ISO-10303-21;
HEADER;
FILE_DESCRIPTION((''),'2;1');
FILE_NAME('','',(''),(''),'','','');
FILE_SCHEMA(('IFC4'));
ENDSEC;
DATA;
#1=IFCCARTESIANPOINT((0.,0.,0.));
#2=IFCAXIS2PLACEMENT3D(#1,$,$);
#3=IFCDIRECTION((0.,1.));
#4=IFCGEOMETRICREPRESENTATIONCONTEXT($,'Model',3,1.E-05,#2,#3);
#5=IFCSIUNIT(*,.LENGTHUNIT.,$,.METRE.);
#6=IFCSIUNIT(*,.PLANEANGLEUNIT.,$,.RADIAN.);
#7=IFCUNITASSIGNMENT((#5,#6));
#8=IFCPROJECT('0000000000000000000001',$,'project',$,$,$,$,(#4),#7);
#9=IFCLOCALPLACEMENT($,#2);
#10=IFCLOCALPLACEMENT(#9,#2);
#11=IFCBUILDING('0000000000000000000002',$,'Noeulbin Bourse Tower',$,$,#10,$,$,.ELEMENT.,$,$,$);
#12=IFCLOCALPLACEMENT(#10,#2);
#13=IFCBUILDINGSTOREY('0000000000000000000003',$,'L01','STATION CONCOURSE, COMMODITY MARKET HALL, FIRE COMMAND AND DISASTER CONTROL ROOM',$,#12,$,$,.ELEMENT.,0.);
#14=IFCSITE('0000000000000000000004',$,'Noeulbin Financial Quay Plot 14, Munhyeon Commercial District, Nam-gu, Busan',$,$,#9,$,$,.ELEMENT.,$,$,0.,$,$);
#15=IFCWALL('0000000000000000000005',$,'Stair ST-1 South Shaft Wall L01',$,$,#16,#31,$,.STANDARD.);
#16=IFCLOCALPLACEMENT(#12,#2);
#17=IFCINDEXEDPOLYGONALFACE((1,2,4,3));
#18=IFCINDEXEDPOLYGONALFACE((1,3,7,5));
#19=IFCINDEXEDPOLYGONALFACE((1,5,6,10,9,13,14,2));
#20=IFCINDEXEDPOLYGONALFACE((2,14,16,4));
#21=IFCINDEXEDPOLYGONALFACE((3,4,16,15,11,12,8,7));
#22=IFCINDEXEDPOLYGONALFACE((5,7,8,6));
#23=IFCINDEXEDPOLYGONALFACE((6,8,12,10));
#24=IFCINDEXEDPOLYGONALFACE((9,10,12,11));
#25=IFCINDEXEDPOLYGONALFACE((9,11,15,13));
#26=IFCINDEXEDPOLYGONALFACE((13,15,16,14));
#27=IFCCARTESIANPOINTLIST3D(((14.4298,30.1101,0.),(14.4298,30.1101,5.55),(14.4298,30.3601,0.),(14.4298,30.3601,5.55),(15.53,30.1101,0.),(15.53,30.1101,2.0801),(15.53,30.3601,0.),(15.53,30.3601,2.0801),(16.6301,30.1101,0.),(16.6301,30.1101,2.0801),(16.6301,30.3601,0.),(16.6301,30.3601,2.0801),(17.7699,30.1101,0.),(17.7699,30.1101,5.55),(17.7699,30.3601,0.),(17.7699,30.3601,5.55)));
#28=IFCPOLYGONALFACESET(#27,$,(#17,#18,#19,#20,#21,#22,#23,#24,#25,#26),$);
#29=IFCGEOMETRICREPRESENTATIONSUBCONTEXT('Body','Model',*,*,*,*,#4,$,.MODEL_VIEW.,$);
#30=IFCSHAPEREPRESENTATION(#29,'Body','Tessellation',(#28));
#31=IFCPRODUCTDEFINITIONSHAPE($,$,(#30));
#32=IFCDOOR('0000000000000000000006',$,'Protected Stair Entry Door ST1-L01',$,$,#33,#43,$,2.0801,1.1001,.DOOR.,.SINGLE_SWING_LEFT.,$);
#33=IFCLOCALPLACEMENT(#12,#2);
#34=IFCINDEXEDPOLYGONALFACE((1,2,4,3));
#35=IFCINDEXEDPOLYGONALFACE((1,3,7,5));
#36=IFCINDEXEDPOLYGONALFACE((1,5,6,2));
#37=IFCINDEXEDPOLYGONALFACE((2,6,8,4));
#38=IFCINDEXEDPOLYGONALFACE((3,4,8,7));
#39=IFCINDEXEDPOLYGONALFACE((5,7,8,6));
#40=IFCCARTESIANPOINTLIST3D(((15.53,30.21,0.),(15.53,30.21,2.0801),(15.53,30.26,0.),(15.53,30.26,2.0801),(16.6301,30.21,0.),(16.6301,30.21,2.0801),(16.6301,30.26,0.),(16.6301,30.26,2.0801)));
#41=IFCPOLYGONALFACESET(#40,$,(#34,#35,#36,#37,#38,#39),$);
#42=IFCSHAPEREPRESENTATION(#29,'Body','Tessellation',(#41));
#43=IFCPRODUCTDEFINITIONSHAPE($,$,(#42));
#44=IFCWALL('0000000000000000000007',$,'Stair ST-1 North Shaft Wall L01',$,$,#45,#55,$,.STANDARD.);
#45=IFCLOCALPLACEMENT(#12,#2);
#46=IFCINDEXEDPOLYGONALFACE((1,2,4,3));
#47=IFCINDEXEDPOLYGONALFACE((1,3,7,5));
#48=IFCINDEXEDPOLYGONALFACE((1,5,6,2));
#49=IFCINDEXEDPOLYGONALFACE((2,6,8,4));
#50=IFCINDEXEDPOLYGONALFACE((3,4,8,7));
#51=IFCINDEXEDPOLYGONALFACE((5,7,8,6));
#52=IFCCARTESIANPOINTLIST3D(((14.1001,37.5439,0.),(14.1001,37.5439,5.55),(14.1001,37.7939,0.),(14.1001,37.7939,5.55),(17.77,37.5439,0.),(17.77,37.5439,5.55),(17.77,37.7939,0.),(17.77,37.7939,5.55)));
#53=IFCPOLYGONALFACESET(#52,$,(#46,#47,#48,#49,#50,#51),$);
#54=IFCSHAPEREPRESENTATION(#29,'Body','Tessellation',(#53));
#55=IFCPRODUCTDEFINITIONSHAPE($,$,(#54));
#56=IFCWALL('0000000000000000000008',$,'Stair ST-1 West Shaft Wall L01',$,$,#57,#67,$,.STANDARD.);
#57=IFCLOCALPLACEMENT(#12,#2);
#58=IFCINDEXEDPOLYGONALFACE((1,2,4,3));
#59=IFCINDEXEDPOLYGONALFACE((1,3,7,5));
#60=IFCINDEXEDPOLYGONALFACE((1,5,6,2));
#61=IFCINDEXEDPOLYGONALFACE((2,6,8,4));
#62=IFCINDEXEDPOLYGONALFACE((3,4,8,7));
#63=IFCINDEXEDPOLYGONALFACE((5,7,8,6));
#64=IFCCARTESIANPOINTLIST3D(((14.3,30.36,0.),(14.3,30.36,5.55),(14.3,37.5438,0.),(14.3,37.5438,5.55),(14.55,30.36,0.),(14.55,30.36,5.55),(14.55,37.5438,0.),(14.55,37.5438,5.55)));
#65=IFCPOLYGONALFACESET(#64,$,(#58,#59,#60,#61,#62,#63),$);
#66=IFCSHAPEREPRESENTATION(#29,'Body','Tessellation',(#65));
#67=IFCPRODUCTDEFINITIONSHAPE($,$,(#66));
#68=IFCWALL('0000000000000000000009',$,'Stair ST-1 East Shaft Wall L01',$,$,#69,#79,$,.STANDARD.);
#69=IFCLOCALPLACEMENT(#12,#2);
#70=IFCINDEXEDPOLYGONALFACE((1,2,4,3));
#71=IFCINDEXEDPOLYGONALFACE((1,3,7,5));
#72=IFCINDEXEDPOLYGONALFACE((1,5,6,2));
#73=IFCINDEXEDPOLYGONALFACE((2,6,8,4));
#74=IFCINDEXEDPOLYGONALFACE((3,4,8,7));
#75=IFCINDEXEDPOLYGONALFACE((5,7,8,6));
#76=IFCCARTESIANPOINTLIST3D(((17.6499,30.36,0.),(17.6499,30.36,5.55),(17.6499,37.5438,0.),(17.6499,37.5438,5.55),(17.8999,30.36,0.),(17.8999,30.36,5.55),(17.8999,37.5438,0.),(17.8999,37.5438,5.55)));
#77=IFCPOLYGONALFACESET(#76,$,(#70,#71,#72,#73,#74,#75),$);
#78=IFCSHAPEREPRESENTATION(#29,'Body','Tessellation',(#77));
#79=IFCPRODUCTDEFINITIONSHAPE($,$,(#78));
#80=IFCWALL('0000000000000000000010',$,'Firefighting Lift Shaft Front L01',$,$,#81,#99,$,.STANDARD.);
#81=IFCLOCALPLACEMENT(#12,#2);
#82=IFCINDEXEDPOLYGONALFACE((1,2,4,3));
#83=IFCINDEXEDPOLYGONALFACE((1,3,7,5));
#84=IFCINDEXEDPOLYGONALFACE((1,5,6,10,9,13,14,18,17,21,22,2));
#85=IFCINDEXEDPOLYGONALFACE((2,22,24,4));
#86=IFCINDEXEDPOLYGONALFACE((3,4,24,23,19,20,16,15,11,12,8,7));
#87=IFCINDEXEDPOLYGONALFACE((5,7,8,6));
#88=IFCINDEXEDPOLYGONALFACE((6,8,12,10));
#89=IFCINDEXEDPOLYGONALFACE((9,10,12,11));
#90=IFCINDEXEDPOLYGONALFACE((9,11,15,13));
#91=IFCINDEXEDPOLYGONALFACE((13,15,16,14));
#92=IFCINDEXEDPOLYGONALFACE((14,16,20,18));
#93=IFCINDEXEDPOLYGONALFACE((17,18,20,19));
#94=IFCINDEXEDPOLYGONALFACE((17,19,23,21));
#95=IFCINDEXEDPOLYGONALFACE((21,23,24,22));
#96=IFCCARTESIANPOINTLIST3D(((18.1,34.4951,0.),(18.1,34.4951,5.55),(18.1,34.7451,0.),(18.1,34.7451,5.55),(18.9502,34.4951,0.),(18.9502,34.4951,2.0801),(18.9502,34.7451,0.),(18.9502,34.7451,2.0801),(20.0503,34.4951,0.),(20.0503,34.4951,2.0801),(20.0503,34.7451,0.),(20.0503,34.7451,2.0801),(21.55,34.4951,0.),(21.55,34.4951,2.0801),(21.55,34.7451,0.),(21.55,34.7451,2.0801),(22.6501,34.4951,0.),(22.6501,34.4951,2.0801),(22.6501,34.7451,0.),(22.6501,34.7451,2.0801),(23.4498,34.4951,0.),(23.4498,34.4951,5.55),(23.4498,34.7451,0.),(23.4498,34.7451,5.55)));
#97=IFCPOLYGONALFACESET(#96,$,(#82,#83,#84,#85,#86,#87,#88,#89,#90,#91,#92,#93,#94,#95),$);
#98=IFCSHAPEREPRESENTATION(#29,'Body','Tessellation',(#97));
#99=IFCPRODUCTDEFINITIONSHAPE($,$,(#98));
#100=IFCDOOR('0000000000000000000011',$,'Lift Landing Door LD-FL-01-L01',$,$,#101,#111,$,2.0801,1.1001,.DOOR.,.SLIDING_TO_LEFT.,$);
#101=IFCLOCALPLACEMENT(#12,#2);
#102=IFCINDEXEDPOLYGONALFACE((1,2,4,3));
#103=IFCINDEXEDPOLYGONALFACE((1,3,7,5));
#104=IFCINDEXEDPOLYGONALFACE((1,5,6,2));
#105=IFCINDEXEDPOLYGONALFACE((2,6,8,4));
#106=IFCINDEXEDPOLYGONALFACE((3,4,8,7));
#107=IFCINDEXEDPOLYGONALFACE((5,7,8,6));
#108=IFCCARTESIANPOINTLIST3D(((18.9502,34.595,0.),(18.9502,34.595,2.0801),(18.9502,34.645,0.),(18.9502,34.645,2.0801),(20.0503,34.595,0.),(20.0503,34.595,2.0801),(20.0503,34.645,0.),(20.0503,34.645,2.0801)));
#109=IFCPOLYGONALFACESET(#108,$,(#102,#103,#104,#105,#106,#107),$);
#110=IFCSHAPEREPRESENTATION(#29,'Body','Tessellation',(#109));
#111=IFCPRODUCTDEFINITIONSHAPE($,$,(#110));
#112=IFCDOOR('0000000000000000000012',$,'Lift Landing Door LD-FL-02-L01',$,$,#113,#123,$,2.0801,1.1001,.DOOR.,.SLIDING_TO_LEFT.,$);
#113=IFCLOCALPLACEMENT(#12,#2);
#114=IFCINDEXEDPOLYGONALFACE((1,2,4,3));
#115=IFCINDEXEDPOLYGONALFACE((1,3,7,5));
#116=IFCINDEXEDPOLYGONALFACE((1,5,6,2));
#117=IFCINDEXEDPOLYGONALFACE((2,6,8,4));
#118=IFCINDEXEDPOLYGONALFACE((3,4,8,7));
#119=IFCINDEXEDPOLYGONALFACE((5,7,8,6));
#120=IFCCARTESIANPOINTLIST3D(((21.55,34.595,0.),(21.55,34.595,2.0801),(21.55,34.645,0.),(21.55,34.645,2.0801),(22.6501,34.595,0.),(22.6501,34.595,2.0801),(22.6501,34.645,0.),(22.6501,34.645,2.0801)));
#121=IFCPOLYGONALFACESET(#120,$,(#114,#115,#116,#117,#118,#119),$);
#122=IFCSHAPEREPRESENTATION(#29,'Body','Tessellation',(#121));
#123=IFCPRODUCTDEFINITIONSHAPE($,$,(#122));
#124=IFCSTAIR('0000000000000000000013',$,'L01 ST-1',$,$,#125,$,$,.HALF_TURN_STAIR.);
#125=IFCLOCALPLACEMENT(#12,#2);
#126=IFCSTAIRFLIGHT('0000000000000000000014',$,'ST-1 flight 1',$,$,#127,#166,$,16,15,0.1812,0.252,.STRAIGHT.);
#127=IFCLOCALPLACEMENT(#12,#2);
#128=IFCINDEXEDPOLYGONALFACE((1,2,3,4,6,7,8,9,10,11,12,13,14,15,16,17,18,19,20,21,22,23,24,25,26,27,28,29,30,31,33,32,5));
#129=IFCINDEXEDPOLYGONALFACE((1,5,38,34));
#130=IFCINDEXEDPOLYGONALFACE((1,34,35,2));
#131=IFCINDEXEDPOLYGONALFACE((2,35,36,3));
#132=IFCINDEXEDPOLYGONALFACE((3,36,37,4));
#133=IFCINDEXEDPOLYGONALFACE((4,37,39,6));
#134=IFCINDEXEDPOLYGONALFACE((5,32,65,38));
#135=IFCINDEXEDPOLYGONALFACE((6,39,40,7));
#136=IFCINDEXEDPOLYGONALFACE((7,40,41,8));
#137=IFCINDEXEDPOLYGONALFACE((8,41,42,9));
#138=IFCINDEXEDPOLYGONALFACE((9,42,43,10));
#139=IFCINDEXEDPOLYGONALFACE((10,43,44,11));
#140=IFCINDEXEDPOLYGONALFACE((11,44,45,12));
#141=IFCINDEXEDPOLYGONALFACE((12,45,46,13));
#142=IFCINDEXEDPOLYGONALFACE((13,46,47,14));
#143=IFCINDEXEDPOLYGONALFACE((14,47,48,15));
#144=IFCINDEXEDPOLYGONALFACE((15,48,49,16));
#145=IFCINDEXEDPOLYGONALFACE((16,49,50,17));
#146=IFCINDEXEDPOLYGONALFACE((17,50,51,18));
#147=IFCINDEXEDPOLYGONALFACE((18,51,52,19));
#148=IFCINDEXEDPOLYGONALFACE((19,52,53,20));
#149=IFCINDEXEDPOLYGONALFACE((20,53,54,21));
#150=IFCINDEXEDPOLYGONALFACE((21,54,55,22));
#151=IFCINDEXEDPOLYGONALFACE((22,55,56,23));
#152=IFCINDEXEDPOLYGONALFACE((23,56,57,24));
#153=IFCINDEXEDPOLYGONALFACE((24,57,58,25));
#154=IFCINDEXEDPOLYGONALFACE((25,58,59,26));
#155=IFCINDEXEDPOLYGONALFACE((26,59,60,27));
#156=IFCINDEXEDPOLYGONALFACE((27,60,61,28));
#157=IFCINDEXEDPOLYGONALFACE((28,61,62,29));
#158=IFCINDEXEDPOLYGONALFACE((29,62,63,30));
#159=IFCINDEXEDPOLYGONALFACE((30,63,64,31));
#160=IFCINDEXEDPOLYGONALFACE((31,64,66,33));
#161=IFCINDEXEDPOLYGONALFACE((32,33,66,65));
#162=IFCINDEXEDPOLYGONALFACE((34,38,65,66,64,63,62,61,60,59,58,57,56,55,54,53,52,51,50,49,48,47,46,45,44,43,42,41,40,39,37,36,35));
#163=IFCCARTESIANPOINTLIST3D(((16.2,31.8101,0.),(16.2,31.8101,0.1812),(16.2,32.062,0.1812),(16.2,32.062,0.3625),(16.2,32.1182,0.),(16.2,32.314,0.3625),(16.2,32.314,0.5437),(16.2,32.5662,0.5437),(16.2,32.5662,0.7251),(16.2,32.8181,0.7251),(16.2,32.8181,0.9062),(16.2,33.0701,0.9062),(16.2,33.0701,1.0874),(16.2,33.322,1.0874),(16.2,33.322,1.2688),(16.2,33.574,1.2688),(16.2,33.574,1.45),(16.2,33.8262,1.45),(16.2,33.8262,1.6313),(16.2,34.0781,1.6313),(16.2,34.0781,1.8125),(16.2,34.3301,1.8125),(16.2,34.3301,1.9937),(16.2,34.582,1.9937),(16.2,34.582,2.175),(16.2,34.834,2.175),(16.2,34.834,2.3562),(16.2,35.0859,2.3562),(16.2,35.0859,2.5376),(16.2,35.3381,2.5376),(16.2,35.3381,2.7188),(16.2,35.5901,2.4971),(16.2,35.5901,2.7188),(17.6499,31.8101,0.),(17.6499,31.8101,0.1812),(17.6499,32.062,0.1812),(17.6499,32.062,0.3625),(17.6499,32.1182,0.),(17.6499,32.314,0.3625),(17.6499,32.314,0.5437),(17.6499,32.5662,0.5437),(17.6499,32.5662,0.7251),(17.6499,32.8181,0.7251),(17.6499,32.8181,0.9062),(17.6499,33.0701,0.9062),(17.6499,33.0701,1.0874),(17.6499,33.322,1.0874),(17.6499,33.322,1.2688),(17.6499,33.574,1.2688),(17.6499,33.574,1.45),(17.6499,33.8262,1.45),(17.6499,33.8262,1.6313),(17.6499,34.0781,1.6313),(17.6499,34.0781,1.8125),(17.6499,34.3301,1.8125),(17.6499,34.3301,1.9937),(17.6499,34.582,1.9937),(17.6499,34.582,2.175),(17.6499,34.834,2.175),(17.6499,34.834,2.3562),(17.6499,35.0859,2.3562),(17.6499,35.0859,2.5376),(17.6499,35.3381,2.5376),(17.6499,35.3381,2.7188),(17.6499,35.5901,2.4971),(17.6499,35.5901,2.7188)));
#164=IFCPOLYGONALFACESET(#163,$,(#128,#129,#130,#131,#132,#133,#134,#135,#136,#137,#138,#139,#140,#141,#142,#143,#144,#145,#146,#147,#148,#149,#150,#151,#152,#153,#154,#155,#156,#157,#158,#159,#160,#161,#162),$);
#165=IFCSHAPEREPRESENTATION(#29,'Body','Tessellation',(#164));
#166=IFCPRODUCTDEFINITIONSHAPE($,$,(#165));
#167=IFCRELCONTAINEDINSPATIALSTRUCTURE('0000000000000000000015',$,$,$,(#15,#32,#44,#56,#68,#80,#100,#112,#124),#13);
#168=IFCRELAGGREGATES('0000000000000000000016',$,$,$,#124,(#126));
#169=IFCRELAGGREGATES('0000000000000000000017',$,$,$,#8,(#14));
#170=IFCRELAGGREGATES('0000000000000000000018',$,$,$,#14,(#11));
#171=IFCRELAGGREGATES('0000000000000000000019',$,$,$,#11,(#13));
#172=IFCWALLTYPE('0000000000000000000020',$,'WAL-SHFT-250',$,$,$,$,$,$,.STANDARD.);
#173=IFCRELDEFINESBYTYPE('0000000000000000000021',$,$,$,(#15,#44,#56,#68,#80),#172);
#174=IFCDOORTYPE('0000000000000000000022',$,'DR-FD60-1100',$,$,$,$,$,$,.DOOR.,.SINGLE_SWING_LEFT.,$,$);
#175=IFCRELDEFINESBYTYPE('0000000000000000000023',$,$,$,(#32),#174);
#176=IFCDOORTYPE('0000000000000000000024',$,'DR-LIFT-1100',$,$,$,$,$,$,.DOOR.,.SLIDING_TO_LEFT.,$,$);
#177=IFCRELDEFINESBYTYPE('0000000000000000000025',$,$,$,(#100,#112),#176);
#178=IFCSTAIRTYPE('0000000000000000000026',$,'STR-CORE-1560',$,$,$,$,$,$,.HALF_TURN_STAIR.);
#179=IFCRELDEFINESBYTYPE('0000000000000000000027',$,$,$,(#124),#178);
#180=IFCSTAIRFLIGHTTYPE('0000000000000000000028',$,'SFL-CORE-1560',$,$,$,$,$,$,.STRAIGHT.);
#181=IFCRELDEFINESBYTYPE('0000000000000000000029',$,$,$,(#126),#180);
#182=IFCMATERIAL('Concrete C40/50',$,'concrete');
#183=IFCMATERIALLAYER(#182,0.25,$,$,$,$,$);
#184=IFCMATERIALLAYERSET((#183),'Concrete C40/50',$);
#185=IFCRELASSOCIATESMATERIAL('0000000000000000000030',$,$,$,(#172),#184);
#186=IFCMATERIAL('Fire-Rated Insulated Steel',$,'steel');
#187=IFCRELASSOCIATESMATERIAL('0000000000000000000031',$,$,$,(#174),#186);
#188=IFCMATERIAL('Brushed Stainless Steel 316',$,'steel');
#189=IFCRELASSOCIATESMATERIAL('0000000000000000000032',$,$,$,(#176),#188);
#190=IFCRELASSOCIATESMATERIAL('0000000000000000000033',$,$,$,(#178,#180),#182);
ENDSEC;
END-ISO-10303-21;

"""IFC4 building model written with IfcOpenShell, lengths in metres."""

from ifc_helpers import new_model, si_unit, direction, frame, frame_2d, origin, place, context, subcontext, project, spatial, polyline, rectangle, outline, extrude, material, layer, layer_set, type_object, element, fill, aggregate, save


model = new_model("IFC4")

# Units and contexts
model_context = context("Model", 3, precision=1e-05, world=origin(), true_north=direction((0.0, 1.0)))
body_context = subcontext(model_context, "Body", "Model", "MODEL_VIEW")
ifc_project = project(units=[si_unit("LENGTHUNIT", "METRE"), si_unit("PLANEANGLEUNIT", "RADIAN")], contexts=[model_context])

# Site, building, storey
site_placement = place(None, origin())
site = spatial("IfcSite", under=ifc_project, at=site_placement, Name="Noeulbin Financial Quay Plot 14, Munhyeon Commercial District, Nam-gu, Busan", CompositionType="ELEMENT", RefElevation=0.0)
building_placement = place(site_placement, origin())
building = spatial("IfcBuilding", under=site, at=building_placement, Name="Noeulbin Bourse Tower", CompositionType="ELEMENT")
storey_placement = place(building_placement, origin())
storey = spatial("IfcBuildingStorey", under=building, at=storey_placement, Name="L01", Description="STATION CONCOURSE, COMMODITY MARKET HALL, FIRE COMMAND AND DISASTER CONTROL ROOM", CompositionType="ELEMENT", Elevation=0.0)

# Shared definitions
ifc_material_1 = material(Name="Concrete C40/50", Category="concrete")

# Wall, opening, door
ifc_layer_1 = layer(ifc_material_1, 0.25)
ifc_layer_set_1 = layer_set([ifc_layer_1], Name="Concrete C40/50")
wall_type_1 = type_object("IfcWallType", Name="WAL-SHFT-250", PredefinedType="STANDARD", material=ifc_layer_set_1)
wall_1_placement = place(storey_placement, frame((14.4299, 30.2351, 0.0), z_axis=(0.0, 0.0, 1.0), x_axis=(1.0, 0.0, 0.0)))
wall_1 = element("IfcWall", 1, at=wall_1_placement, inside=storey, type_object=wall_type_1, Name="Stair ST-1 South Shaft Wall L01", PredefinedType="STANDARD", context=body_context, shape_type="SweptSolid", body=[
    extrude(rectangle(XDim=3.3401, YDim=0.25, at=frame_2d((1.6699, 0.0))), origin(), (0.0, 0.0, 1.0), 5.55),
])
opening_1_placement = place(wall_1_placement, frame((1.1001, 0.0, 0.0)))
opening_1 = element("IfcOpeningElement", 2, at=opening_1_placement, cuts=wall_1, PredefinedType="OPENING", context=body_context, shape_type="SweptSolid", body=[
    extrude(rectangle(XDim=1.1001, YDim=2.0801, at=frame_2d((0.55, 1.04))), frame((0.0, 0.135, 0.0), z_axis=(0.0, -1.0, 0.0), x_axis=(1.0, 0.0, 0.0)), (0.0, 0.0, 1.0), 0.27),
])
ifc_material_2 = material(Name="Fire-Rated Insulated Steel", Category="steel")
door_type_1 = type_object("IfcDoorType", Name="DR-FD60-1100", OperationType="SINGLE_SWING_LEFT", PredefinedType="DOOR", material=ifc_material_2)
door_1_placement = place(opening_1_placement, origin())
door_1 = element("IfcDoor", 3, at=door_1_placement, inside=storey, type_object=door_type_1, Name="Protected Stair Entry Door ST1-L01", OperationType="SINGLE_SWING_LEFT", OverallHeight=2.0801, OverallWidth=1.1001, PredefinedType="DOOR", context=body_context, shape_type="SweptSolid", body=[
    extrude(rectangle(XDim=1.1001, YDim=2.0801, at=frame_2d((0.55, 1.04))), frame((0.0, 0.0249, 0.0), z_axis=(0.0, -1.0, 0.0), x_axis=(1.0, 0.0, 0.0)), (0.0, 0.0, 1.0), 0.05),
])
fill(opening_1, door_1)

# Walls
wall_2_placement = place(storey_placement, frame((14.1001, 37.6689, 0.0), z_axis=(0.0, 0.0, 1.0), x_axis=(1.0, 0.0, 0.0)))
element("IfcWall", 4, at=wall_2_placement, inside=storey, type_object=wall_type_1, Name="Stair ST-1 North Shaft Wall L01", PredefinedType="STANDARD", context=body_context, shape_type="SweptSolid", body=[
    extrude(rectangle(XDim=3.6699, YDim=0.25, at=frame_2d((1.835, 0.0))), origin(), (0.0, 0.0, 1.0), 5.55),
])
for number, where, z_axis, x_axis, name in (
    (5, (14.425, 30.3601, 0.0), (0.0, 0.0, 1.0), (0.0, 1.0, 0.0), "Stair ST-1 West Shaft Wall L01"),
    (6, (17.7749, 30.3601, 0.0), (0.0, 0.0, 1.0), (0.0, 1.0, 0.0), "Stair ST-1 East Shaft Wall L01"),
):
    element("IfcWall", number, at=place(storey_placement, frame(where, z_axis=z_axis, x_axis=x_axis)), inside=storey, type_object=wall_type_1, Name=name, PredefinedType="STANDARD", context=body_context, shape_type="SweptSolid", body=[
        extrude(rectangle(XDim=7.1838, YDim=0.25, at=frame_2d((3.5918, 0.0))), origin(), (0.0, 0.0, 1.0), 5.55),
    ])

# Wall, openings, doors
wall_3_placement = place(storey_placement, frame((18.1001, 34.6201, 0.0), z_axis=(0.0, 0.0, 1.0), x_axis=(1.0, 0.0, 0.0)))
wall_3 = element("IfcWall", 7, at=wall_3_placement, inside=storey, type_object=wall_type_1, Name="Firefighting Lift Shaft Front L01", PredefinedType="STANDARD", context=body_context, shape_type="SweptSolid", body=[
    extrude(rectangle(XDim=5.3499, YDim=0.25, at=frame_2d((2.6748, 0.0))), origin(), (0.0, 0.0, 1.0), 5.55),
])
opening_2_placement = place(wall_3_placement, frame((0.8501, 0.0, 0.0)))
opening_2 = element("IfcOpeningElement", 8, at=opening_2_placement, cuts=wall_3, PredefinedType="OPENING", context=body_context, shape_type="SweptSolid", body=[
    extrude(rectangle(XDim=1.1001, YDim=2.0801, at=frame_2d((0.55, 1.04))), frame((0.0, 0.135, 0.0), z_axis=(0.0, -1.0, 0.0), x_axis=(1.0, 0.0, 0.0)), (0.0, 0.0, 1.0), 0.27),
])
opening_3_placement = place(wall_3_placement, frame((3.45, 0.0, 0.0)))
opening_3 = element("IfcOpeningElement", 9, at=opening_3_placement, cuts=wall_3, PredefinedType="OPENING", context=body_context, shape_type="SweptSolid", body=[
    extrude(rectangle(XDim=1.1001, YDim=2.0801, at=frame_2d((0.55, 1.04))), frame((0.0, 0.135, 0.0), z_axis=(0.0, -1.0, 0.0), x_axis=(1.0, 0.0, 0.0)), (0.0, 0.0, 1.0), 0.27),
])
ifc_material_3 = material(Name="Brushed Stainless Steel 316", Category="steel")
door_type_2 = type_object("IfcDoorType", Name="DR-LIFT-1100", OperationType="SLIDING_TO_LEFT", PredefinedType="DOOR", material=ifc_material_3)
door_2_placement = place(opening_2_placement, origin())
door_2 = element("IfcDoor", 10, at=door_2_placement, inside=storey, type_object=door_type_2, Name="Lift Landing Door LD-FL-01-L01", OperationType="SLIDING_TO_LEFT", OverallHeight=2.0801, OverallWidth=1.1001, PredefinedType="DOOR", context=body_context, shape_type="SweptSolid", body=[
    extrude(rectangle(XDim=1.1001, YDim=2.0801, at=frame_2d((0.55, 1.04))), frame((0.0, 0.0249, 0.0), z_axis=(0.0, -1.0, 0.0), x_axis=(1.0, 0.0, 0.0)), (0.0, 0.0, 1.0), 0.05),
])
fill(opening_2, door_2)
door_3_placement = place(opening_3_placement, origin())
door_3 = element("IfcDoor", 11, at=door_3_placement, inside=storey, type_object=door_type_2, Name="Lift Landing Door LD-FL-02-L01", OperationType="SLIDING_TO_LEFT", OverallHeight=2.0801, OverallWidth=1.1001, PredefinedType="DOOR", context=body_context, shape_type="SweptSolid", body=[
    extrude(rectangle(XDim=1.1001, YDim=2.0801, at=frame_2d((0.55, 1.04))), frame((0.0, 0.0249, 0.0), z_axis=(0.0, -1.0, 0.0), x_axis=(1.0, 0.0, 0.0)), (0.0, 0.0, 1.0), 0.05),
])
fill(opening_3, door_3)

# Stair, stair flight
stair_type = type_object("IfcStairType", Name="STR-CORE-1560", PredefinedType="HALF_TURN_STAIR", material=ifc_material_1)
stair_placement = place(storey_placement, origin())
stair = element("IfcStair", 12, at=stair_placement, inside=storey, type_object=stair_type, Name="L01 ST-1", PredefinedType="HALF_TURN_STAIR")
stair_flight_type = type_object("IfcStairFlightType", Name="SFL-CORE-1560", PredefinedType="STRAIGHT", material=ifc_material_1)
stair_flight_1_placement = place(storey_placement, frame((16.925, 31.8101, 0.0), z_axis=(0.0, 0.0, 1.0), x_axis=(0.0, 1.0, 0.0)))
stair_flight_1 = element("IfcStairFlight", 13, at=stair_flight_1_placement, type_object=stair_flight_type, Name="ST-1 flight 1", NumberOfRisers=16, NumberOfTreads=15, PredefinedType="STRAIGHT", RiserHeight=0.1812, TreadLength=0.252, context=body_context, shape_type="SweptSolid", body=[
    extrude(outline(polyline([(0.0, 0.0), (0.0, 0.1812), (0.252, 0.1812), (0.252, 0.3625), (0.5039, 0.3625), (0.5039, 0.5437), (0.7561, 0.5437), (0.7561, 0.7251), (1.0081, 0.7251), (1.0081, 0.9062), (1.26, 0.9062), (1.26, 1.0874), (1.512, 1.0874), (1.512, 1.2688), (1.7639, 1.2688), (1.7639, 1.45), (2.0161, 1.45), (2.0161, 1.6313), (2.2681, 1.6313), (2.2681, 1.8125), (2.52, 1.8125), (2.52, 1.9937), (2.772, 1.9937), (2.772, 2.175), (3.0239, 2.175), (3.0239, 2.3562), (3.2759, 2.3562), (3.2759, 2.5376), (3.5281, 2.5376), (3.5281, 2.7188), (3.78, 2.7188), (3.78, 2.8999), (3.78, 2.4971), (0.3081, 0.0), (0.0, 0.0)])), frame((0.0, 0.7251, 0.0), z_axis=(0.0, -1.0, 0.0), x_axis=(1.0, 0.0, 0.0)), (0.0, 0.0, 1.0), 1.45),
])
aggregate(stair, [stair_flight_1])

save(model, "model.ifc")
